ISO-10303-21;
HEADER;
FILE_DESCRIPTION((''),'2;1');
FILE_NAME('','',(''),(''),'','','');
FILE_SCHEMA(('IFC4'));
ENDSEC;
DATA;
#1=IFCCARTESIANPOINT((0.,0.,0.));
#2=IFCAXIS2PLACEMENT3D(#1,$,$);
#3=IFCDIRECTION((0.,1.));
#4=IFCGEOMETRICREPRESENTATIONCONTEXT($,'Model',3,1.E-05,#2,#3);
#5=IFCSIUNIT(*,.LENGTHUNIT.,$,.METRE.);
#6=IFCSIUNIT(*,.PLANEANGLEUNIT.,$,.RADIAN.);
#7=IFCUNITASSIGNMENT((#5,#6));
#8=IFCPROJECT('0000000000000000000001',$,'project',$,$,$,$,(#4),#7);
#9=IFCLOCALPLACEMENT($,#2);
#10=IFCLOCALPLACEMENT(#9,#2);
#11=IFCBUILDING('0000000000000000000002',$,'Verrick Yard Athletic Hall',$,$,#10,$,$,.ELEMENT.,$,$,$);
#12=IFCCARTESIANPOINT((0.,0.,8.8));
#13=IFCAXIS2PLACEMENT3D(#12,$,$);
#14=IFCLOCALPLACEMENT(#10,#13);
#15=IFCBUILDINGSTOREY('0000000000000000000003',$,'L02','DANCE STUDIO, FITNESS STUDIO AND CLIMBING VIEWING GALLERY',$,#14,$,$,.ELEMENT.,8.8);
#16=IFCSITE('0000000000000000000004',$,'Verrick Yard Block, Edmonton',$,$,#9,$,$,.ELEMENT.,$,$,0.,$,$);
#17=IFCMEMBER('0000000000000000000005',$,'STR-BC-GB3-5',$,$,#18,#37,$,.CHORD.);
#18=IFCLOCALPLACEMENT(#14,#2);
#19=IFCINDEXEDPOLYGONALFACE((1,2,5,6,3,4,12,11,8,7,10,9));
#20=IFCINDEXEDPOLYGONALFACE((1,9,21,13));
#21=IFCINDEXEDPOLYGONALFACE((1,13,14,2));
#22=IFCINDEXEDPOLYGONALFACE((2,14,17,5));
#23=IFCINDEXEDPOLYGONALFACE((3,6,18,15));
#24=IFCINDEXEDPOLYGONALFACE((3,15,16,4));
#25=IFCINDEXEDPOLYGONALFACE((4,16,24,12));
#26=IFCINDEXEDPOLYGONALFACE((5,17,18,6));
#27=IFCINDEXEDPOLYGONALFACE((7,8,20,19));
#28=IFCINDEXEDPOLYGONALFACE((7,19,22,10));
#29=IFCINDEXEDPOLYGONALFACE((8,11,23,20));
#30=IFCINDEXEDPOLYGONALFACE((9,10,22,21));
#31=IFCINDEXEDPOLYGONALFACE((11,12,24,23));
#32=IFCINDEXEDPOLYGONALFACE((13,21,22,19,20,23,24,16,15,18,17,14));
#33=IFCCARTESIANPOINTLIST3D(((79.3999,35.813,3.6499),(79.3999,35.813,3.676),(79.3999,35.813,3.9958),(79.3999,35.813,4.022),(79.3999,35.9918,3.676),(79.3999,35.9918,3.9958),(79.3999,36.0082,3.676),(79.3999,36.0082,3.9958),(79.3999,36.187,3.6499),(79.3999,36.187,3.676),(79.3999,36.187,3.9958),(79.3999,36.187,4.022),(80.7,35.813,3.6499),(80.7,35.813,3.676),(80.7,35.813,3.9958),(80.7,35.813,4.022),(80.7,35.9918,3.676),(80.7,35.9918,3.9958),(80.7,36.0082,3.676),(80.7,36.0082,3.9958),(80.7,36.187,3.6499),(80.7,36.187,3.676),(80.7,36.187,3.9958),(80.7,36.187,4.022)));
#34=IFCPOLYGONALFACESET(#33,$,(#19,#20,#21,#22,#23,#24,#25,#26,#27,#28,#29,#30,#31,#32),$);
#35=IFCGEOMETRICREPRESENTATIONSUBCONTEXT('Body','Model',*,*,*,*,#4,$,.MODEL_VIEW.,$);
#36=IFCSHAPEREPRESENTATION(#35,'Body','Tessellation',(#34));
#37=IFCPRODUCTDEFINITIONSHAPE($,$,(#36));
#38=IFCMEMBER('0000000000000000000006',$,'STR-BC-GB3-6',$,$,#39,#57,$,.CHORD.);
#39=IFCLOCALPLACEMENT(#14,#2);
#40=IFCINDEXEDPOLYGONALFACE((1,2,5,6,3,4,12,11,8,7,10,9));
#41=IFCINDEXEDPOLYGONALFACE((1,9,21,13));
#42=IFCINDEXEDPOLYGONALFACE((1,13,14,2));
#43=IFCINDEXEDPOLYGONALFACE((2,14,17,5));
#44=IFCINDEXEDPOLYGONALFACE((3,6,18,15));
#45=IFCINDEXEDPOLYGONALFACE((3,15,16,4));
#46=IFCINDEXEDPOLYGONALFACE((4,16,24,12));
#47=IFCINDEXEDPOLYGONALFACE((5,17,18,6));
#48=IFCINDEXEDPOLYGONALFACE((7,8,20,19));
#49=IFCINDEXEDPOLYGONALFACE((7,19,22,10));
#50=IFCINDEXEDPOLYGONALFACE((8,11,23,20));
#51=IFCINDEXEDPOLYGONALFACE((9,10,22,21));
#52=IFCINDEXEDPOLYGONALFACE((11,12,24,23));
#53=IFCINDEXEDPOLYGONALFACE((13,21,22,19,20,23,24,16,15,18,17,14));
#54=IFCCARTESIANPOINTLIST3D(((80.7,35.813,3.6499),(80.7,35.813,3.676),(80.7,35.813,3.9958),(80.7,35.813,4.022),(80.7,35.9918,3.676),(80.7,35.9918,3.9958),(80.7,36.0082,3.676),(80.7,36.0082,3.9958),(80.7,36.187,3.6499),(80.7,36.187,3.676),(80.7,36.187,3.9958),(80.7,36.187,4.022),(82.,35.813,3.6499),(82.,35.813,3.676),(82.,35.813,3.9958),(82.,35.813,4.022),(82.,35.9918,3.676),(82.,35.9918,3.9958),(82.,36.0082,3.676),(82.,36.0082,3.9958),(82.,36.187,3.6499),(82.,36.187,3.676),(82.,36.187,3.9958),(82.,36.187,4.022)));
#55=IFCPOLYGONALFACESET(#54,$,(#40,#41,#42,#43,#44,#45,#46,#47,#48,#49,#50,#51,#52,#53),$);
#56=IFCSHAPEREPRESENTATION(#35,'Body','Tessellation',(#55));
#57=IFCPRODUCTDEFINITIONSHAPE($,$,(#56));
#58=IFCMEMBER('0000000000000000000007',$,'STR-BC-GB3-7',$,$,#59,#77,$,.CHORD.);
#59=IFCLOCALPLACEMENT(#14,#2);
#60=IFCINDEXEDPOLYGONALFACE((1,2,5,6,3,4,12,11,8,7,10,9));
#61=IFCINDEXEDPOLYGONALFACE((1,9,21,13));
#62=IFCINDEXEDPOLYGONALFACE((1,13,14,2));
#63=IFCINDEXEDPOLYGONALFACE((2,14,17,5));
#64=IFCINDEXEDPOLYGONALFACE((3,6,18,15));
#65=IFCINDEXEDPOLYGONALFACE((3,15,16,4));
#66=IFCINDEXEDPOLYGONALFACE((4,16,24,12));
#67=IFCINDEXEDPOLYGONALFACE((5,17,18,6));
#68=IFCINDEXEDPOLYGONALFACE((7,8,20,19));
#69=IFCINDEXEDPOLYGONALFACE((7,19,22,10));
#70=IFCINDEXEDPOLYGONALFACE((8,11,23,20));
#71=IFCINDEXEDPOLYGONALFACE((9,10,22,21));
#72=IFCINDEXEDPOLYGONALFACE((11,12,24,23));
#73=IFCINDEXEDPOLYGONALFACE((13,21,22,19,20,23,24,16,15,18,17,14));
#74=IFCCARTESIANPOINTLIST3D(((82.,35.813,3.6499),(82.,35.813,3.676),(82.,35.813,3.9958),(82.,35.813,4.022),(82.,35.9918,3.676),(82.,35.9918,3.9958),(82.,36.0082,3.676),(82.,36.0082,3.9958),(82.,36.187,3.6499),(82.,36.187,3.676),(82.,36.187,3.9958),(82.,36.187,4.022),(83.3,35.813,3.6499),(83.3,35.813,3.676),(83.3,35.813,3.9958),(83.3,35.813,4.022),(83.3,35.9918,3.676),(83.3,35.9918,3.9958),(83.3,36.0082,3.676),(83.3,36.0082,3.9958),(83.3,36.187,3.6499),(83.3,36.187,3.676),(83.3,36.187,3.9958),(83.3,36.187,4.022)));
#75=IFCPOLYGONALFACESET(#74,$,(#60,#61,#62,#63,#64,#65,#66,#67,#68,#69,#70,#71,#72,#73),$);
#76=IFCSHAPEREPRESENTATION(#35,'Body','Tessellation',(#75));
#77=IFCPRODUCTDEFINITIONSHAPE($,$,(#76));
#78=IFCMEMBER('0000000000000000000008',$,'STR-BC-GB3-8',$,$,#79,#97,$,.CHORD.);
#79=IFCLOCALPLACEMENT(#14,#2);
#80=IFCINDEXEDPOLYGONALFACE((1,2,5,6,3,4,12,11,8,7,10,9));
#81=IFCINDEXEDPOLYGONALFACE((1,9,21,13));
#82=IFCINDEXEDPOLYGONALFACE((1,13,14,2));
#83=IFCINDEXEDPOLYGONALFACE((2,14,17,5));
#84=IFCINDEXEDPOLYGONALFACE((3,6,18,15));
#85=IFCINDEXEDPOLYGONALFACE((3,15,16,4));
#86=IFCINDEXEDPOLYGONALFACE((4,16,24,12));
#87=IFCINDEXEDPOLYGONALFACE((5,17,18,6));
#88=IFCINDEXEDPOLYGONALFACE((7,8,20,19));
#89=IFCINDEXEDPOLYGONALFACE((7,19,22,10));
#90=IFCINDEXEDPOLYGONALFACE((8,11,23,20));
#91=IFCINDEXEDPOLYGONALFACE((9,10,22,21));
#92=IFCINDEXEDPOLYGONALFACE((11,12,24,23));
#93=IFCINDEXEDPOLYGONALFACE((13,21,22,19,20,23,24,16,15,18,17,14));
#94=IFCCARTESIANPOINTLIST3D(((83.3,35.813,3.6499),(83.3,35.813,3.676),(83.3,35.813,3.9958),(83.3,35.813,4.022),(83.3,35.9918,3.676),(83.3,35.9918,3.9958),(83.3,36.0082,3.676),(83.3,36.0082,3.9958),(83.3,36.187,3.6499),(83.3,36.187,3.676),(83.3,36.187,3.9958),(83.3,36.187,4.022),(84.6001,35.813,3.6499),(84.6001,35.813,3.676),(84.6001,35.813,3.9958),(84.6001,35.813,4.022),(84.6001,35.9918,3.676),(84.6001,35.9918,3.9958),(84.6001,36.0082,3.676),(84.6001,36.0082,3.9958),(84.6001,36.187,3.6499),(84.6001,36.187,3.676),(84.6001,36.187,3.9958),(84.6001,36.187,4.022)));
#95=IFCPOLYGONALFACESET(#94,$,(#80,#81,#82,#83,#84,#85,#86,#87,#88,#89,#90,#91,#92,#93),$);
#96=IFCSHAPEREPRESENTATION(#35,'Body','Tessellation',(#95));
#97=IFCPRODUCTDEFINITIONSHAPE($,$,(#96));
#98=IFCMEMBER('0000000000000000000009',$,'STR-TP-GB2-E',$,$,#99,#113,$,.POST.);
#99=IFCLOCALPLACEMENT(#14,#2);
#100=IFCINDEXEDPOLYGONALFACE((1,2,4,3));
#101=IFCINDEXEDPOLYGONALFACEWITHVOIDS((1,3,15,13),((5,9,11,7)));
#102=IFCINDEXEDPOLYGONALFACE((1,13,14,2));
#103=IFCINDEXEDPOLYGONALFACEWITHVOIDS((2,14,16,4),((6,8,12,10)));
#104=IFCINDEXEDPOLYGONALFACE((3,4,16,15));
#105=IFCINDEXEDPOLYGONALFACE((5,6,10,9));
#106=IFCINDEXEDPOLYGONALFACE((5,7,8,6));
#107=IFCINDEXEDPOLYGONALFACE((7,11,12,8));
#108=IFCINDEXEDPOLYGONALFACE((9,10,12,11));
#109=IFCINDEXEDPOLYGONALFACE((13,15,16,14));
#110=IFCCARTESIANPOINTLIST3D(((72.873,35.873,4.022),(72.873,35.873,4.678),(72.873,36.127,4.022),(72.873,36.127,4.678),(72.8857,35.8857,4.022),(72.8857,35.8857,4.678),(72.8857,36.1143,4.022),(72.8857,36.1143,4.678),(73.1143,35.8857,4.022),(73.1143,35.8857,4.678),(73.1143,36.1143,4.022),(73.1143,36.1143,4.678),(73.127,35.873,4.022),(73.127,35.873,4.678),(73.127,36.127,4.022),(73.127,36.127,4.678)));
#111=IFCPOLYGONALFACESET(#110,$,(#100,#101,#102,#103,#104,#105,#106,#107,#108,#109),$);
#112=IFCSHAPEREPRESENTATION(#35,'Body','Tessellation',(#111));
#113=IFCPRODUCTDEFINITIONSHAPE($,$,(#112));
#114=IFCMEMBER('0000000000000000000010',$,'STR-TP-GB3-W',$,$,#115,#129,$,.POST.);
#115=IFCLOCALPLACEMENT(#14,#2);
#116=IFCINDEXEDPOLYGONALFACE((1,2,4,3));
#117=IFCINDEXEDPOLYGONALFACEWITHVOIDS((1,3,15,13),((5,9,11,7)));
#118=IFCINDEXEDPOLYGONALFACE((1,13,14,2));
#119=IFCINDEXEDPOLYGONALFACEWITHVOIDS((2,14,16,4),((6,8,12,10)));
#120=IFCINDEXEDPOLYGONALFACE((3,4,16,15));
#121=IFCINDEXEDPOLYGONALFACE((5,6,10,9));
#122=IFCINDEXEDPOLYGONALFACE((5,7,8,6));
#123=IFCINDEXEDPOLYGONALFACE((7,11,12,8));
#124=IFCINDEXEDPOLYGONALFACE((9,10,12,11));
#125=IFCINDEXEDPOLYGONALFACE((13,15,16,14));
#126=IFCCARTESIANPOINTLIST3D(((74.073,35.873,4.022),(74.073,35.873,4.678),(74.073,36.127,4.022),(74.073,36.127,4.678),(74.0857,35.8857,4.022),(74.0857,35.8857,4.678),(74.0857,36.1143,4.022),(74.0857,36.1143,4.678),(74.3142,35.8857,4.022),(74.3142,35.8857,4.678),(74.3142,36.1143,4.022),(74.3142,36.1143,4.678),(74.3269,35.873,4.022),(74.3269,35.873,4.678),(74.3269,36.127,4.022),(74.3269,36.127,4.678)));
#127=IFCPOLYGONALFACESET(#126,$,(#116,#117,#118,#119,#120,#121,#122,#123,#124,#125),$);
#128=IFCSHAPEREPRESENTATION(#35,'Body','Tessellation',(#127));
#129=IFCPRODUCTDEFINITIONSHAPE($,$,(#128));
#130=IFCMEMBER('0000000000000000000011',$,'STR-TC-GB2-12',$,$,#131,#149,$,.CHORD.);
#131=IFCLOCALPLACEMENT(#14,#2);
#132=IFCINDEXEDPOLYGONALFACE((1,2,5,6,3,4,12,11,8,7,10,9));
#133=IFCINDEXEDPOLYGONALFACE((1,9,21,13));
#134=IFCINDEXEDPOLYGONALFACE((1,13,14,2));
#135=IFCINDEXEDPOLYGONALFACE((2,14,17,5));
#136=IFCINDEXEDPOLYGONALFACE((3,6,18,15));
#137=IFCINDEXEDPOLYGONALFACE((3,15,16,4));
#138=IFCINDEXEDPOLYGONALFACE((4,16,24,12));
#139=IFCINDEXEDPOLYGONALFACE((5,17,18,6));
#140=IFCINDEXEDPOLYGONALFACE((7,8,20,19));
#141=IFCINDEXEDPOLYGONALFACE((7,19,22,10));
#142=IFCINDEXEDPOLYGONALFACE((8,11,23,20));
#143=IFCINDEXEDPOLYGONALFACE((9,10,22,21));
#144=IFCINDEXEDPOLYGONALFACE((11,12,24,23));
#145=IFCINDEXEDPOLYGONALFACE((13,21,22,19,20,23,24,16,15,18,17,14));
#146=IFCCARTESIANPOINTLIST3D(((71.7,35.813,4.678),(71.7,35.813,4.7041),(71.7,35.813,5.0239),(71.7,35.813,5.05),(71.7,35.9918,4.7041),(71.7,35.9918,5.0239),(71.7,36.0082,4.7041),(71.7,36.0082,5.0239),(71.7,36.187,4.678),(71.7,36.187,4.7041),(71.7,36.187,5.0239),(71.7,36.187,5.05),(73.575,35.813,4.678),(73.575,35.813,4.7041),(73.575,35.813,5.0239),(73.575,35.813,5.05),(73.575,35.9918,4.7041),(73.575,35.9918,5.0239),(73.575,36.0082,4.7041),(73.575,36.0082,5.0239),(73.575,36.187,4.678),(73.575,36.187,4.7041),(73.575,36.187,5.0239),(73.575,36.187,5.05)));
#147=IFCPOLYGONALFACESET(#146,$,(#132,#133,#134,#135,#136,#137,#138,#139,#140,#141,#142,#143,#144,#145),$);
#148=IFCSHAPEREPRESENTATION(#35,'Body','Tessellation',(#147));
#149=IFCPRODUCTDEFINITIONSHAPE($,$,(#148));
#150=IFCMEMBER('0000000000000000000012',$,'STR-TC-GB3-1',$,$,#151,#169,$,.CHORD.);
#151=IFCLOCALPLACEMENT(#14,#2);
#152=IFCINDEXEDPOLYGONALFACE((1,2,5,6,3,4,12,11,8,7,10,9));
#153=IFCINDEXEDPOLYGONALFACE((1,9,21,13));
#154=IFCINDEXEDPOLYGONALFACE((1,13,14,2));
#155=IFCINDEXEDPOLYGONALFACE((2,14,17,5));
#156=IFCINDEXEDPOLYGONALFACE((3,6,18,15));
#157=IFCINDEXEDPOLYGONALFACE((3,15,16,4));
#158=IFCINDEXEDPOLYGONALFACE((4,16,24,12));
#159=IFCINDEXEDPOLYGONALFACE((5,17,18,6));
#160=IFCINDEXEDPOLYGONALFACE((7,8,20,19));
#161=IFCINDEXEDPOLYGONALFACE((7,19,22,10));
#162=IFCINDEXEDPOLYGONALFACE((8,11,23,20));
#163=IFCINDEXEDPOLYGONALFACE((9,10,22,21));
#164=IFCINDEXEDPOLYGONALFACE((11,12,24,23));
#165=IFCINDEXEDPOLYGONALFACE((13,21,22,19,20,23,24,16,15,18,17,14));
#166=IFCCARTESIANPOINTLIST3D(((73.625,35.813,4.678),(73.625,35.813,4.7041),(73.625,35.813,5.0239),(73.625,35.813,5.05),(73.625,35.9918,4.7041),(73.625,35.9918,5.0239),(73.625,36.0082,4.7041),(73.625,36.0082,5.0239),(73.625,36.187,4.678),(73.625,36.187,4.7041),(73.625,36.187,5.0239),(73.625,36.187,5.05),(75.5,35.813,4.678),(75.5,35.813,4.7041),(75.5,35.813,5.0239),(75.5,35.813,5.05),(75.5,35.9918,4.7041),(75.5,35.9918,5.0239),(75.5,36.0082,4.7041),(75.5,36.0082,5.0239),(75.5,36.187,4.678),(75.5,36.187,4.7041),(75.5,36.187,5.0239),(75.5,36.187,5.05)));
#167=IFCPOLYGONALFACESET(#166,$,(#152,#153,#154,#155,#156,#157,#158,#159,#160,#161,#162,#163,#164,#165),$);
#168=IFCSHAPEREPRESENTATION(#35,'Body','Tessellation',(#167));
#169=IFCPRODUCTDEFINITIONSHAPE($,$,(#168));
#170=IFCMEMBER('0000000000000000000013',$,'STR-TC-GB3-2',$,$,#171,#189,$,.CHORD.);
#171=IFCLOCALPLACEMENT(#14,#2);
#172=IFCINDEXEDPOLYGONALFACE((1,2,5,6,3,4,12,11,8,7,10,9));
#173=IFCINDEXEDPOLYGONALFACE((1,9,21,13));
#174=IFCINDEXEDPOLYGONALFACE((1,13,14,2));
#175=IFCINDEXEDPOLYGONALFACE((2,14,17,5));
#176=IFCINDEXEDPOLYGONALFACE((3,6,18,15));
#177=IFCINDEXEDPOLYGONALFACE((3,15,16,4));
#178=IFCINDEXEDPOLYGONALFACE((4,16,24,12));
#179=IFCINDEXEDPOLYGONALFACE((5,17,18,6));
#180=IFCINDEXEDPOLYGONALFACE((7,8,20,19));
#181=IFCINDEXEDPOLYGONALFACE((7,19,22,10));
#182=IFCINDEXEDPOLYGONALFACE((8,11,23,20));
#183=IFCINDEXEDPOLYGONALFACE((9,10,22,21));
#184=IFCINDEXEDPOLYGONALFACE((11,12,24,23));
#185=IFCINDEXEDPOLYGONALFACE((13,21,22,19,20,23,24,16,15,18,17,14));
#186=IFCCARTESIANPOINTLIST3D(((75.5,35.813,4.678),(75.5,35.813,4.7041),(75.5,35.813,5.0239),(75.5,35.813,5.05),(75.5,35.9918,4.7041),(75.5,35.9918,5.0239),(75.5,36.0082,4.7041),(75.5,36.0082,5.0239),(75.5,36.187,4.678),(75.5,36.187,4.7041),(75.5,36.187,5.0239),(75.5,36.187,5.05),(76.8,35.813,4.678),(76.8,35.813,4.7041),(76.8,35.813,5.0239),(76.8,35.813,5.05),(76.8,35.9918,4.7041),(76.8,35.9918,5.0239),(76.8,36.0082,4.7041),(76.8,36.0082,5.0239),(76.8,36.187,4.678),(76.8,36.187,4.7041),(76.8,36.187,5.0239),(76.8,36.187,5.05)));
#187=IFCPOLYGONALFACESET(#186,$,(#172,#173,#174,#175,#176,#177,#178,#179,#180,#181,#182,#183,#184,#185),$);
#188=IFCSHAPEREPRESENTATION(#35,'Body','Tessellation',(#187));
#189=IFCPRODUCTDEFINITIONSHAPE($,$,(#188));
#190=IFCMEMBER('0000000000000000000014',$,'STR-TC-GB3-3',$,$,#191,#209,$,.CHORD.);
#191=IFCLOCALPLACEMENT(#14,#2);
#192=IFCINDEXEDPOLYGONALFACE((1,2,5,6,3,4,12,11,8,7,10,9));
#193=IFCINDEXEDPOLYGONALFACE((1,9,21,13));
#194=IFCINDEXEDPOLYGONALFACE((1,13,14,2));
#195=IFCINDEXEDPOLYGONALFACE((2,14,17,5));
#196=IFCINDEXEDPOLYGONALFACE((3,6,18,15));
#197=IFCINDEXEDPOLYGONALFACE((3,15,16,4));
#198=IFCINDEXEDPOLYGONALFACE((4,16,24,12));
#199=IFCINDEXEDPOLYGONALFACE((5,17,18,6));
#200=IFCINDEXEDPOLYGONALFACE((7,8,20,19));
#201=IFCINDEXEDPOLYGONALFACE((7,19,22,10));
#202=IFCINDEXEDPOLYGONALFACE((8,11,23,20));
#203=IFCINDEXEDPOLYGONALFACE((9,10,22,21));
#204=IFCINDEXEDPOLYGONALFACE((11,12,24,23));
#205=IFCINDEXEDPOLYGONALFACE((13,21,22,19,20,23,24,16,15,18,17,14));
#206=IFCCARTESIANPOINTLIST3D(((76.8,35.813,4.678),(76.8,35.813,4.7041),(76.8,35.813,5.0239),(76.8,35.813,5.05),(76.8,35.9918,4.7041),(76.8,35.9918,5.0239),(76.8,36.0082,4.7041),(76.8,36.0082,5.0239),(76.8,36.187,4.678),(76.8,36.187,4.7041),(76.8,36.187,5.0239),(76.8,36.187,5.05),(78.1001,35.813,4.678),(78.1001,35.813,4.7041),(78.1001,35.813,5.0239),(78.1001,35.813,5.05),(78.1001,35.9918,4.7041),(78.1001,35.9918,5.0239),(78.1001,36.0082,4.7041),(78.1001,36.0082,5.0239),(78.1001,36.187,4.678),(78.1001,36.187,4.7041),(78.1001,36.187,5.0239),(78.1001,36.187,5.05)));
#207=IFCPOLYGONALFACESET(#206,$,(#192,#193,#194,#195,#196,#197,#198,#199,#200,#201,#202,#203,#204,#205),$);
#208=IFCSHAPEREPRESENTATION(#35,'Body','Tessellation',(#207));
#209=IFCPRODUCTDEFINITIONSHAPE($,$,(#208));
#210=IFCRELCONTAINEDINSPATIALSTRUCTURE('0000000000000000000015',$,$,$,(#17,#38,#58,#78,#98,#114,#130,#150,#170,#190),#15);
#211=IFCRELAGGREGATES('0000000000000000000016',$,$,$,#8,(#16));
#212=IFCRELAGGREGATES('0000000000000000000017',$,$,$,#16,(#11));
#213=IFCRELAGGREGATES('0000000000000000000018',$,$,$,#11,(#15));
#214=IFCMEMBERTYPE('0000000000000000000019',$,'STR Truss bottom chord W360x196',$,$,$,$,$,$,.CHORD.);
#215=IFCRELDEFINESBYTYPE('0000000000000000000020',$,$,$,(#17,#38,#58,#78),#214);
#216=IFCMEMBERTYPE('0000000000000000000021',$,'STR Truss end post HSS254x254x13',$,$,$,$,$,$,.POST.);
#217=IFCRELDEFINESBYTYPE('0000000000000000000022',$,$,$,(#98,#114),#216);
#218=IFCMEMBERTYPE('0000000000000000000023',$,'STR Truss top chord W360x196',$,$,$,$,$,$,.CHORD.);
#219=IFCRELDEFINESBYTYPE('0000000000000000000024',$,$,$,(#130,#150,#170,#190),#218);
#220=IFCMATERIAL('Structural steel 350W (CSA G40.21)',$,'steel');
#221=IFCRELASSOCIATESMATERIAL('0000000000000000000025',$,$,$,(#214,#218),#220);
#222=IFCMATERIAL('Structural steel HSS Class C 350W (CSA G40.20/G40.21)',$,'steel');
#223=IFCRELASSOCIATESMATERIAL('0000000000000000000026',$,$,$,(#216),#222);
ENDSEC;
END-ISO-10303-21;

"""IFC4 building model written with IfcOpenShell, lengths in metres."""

from ifc_helpers import new_model, si_unit, direction, frame, origin, origin_2d, place, context, subcontext, project, spatial, hollow_rectangle, i_section, extrude, material, material_profile, profile_set, type_object, element, save


model = new_model("IFC4")

# Units and contexts
model_context = context("Model", 3, precision=1e-05, world=origin(), true_north=direction((0.0, 1.0)))
body_context = subcontext(model_context, "Body", "Model", "MODEL_VIEW")
ifc_project = project(units=[si_unit("LENGTHUNIT", "METRE"), si_unit("PLANEANGLEUNIT", "RADIAN")], contexts=[model_context])

# Site, building, storey
site_placement = place(None, origin())
site = spatial("IfcSite", under=ifc_project, at=site_placement, Name="Verrick Yard Block, Edmonton", CompositionType="ELEMENT", RefElevation=0.0)
building_placement = place(site_placement, origin())
building = spatial("IfcBuilding", under=site, at=building_placement, Name="Verrick Yard Athletic Hall", CompositionType="ELEMENT")
storey_placement = place(building_placement, frame((0.0, 0.0, 8.8)))
storey = spatial("IfcBuildingStorey", under=building, at=storey_placement, Name="L02", Description="DANCE STUDIO, FITNESS STUDIO AND CLIMBING VIEWING GALLERY", CompositionType="ELEMENT", Elevation=8.8)

# Shared definitions
ifc_material_1 = material(Name="Structural steel 350W (CSA G40.21)", Category="steel")

# Members
ifc_material_profile_1 = material_profile(ifc_material_1, i_section(OverallWidth=0.374, OverallDepth=0.3721, WebThickness=0.0164, FlangeThickness=0.0261, at=origin_2d()), Name="W360x196")
ifc_profile_set_1 = profile_set([ifc_material_profile_1], Name="Structural steel 350W (CSA G40.21)")
member_type_1 = type_object("IfcMemberType", Name="STR Truss bottom chord W360x196", PredefinedType="CHORD", material=ifc_profile_set_1)
for number, where, z_axis, x_axis, name in (
    (1, (79.3999, 36.0, 3.8359), (1.0, 0.0, 0.0), (0.0, 1.0, 0.0), "STR-BC-GB3-5"),
    (2, (80.7, 36.0, 3.8359), (1.0, 0.0, 0.0), (0.0, 1.0, 0.0), "STR-BC-GB3-6"),
    (3, (82.0, 36.0, 3.8359), (1.0, 0.0, 0.0), (0.0, 1.0, 0.0), "STR-BC-GB3-7"),
    (4, (83.3, 36.0, 3.8359), (1.0, 0.0, 0.0), (0.0, 1.0, 0.0), "STR-BC-GB3-8"),
):
    element("IfcMember", number, at=place(storey_placement, frame(where, z_axis=z_axis, x_axis=x_axis)), inside=storey, type_object=member_type_1, Name=name, PredefinedType="CHORD", context=body_context, shape_type="SweptSolid", body=[
        extrude(i_section(OverallWidth=0.374, OverallDepth=0.3721, WebThickness=0.0164, FlangeThickness=0.0261, at=origin_2d()), origin(), (0.0, 0.0, 1.0), 1.3),
    ])
ifc_material_2 = material(Name="Structural steel HSS Class C 350W (CSA G40.20/G40.21)", Category="steel")
ifc_material_profile_2 = material_profile(ifc_material_2, hollow_rectangle(XDim=0.2539, YDim=0.2539, WallThickness=0.0127, at=origin_2d()), Name="HSS254x254x13")
ifc_profile_set_2 = profile_set([ifc_material_profile_2], Name="Structural steel HSS Class C 350W (CSA G40.20/G40.21)")
member_type_2 = type_object("IfcMemberType", Name="STR Truss end post HSS254x254x13", PredefinedType="POST", material=ifc_profile_set_2)
for number, where, z_axis, x_axis, name in (
    (5, (73.0, 36.0, 4.022), (0.0, 0.0, 1.0), (1.0, 0.0, 0.0), "STR-TP-GB2-E"),
    (6, (74.2, 36.0, 4.022), (0.0, 0.0, 1.0), (1.0, 0.0, 0.0), "STR-TP-GB3-W"),
):
    element("IfcMember", number, at=place(storey_placement, frame(where, z_axis=z_axis, x_axis=x_axis)), inside=storey, type_object=member_type_2, Name=name, PredefinedType="POST", context=body_context, shape_type="SweptSolid", body=[
        extrude(hollow_rectangle(XDim=0.2539, YDim=0.2539, WallThickness=0.0127, at=origin_2d()), origin(), (0.0, 0.0, 1.0), 0.656),
    ])
ifc_material_profile_3 = material_profile(ifc_material_1, i_section(OverallWidth=0.374, OverallDepth=0.3721, WebThickness=0.0164, FlangeThickness=0.0261, at=origin_2d()), Name="W360x196")
ifc_profile_set_3 = profile_set([ifc_material_profile_3], Name="Structural steel 350W (CSA G40.21)")
member_type_3 = type_object("IfcMemberType", Name="STR Truss top chord W360x196", PredefinedType="CHORD", material=ifc_profile_set_3)
for number, where, z_axis, x_axis, name in (
    (7, (71.7, 36.0, 4.864), (1.0, 0.0, 0.0), (0.0, 1.0, 0.0), "STR-TC-GB2-12"),
    (8, (73.625, 36.0, 4.864), (1.0, 0.0, 0.0), (0.0, 1.0, 0.0), "STR-TC-GB3-1"),
):
    element("IfcMember", number, at=place(storey_placement, frame(where, z_axis=z_axis, x_axis=x_axis)), inside=storey, type_object=member_type_3, Name=name, PredefinedType="CHORD", context=body_context, shape_type="SweptSolid", body=[
        extrude(i_section(OverallWidth=0.374, OverallDepth=0.3721, WebThickness=0.0164, FlangeThickness=0.0261, at=origin_2d()), origin(), (0.0, 0.0, 1.0), 1.875),
    ])
for number, where, z_axis, x_axis, name in (
    (9, (75.5, 36.0, 4.864), (1.0, 0.0, 0.0), (0.0, 1.0, 0.0), "STR-TC-GB3-2"),
    (10, (76.8, 36.0, 4.864), (1.0, 0.0, 0.0), (0.0, 1.0, 0.0), "STR-TC-GB3-3"),
):
    element("IfcMember", number, at=place(storey_placement, frame(where, z_axis=z_axis, x_axis=x_axis)), inside=storey, type_object=member_type_3, Name=name, PredefinedType="CHORD", context=body_context, shape_type="SweptSolid", body=[
        extrude(i_section(OverallWidth=0.374, OverallDepth=0.3721, WebThickness=0.0164, FlangeThickness=0.0261, at=origin_2d()), origin(), (0.0, 0.0, 1.0), 1.3),
    ])

save(model, "model.ifc")
